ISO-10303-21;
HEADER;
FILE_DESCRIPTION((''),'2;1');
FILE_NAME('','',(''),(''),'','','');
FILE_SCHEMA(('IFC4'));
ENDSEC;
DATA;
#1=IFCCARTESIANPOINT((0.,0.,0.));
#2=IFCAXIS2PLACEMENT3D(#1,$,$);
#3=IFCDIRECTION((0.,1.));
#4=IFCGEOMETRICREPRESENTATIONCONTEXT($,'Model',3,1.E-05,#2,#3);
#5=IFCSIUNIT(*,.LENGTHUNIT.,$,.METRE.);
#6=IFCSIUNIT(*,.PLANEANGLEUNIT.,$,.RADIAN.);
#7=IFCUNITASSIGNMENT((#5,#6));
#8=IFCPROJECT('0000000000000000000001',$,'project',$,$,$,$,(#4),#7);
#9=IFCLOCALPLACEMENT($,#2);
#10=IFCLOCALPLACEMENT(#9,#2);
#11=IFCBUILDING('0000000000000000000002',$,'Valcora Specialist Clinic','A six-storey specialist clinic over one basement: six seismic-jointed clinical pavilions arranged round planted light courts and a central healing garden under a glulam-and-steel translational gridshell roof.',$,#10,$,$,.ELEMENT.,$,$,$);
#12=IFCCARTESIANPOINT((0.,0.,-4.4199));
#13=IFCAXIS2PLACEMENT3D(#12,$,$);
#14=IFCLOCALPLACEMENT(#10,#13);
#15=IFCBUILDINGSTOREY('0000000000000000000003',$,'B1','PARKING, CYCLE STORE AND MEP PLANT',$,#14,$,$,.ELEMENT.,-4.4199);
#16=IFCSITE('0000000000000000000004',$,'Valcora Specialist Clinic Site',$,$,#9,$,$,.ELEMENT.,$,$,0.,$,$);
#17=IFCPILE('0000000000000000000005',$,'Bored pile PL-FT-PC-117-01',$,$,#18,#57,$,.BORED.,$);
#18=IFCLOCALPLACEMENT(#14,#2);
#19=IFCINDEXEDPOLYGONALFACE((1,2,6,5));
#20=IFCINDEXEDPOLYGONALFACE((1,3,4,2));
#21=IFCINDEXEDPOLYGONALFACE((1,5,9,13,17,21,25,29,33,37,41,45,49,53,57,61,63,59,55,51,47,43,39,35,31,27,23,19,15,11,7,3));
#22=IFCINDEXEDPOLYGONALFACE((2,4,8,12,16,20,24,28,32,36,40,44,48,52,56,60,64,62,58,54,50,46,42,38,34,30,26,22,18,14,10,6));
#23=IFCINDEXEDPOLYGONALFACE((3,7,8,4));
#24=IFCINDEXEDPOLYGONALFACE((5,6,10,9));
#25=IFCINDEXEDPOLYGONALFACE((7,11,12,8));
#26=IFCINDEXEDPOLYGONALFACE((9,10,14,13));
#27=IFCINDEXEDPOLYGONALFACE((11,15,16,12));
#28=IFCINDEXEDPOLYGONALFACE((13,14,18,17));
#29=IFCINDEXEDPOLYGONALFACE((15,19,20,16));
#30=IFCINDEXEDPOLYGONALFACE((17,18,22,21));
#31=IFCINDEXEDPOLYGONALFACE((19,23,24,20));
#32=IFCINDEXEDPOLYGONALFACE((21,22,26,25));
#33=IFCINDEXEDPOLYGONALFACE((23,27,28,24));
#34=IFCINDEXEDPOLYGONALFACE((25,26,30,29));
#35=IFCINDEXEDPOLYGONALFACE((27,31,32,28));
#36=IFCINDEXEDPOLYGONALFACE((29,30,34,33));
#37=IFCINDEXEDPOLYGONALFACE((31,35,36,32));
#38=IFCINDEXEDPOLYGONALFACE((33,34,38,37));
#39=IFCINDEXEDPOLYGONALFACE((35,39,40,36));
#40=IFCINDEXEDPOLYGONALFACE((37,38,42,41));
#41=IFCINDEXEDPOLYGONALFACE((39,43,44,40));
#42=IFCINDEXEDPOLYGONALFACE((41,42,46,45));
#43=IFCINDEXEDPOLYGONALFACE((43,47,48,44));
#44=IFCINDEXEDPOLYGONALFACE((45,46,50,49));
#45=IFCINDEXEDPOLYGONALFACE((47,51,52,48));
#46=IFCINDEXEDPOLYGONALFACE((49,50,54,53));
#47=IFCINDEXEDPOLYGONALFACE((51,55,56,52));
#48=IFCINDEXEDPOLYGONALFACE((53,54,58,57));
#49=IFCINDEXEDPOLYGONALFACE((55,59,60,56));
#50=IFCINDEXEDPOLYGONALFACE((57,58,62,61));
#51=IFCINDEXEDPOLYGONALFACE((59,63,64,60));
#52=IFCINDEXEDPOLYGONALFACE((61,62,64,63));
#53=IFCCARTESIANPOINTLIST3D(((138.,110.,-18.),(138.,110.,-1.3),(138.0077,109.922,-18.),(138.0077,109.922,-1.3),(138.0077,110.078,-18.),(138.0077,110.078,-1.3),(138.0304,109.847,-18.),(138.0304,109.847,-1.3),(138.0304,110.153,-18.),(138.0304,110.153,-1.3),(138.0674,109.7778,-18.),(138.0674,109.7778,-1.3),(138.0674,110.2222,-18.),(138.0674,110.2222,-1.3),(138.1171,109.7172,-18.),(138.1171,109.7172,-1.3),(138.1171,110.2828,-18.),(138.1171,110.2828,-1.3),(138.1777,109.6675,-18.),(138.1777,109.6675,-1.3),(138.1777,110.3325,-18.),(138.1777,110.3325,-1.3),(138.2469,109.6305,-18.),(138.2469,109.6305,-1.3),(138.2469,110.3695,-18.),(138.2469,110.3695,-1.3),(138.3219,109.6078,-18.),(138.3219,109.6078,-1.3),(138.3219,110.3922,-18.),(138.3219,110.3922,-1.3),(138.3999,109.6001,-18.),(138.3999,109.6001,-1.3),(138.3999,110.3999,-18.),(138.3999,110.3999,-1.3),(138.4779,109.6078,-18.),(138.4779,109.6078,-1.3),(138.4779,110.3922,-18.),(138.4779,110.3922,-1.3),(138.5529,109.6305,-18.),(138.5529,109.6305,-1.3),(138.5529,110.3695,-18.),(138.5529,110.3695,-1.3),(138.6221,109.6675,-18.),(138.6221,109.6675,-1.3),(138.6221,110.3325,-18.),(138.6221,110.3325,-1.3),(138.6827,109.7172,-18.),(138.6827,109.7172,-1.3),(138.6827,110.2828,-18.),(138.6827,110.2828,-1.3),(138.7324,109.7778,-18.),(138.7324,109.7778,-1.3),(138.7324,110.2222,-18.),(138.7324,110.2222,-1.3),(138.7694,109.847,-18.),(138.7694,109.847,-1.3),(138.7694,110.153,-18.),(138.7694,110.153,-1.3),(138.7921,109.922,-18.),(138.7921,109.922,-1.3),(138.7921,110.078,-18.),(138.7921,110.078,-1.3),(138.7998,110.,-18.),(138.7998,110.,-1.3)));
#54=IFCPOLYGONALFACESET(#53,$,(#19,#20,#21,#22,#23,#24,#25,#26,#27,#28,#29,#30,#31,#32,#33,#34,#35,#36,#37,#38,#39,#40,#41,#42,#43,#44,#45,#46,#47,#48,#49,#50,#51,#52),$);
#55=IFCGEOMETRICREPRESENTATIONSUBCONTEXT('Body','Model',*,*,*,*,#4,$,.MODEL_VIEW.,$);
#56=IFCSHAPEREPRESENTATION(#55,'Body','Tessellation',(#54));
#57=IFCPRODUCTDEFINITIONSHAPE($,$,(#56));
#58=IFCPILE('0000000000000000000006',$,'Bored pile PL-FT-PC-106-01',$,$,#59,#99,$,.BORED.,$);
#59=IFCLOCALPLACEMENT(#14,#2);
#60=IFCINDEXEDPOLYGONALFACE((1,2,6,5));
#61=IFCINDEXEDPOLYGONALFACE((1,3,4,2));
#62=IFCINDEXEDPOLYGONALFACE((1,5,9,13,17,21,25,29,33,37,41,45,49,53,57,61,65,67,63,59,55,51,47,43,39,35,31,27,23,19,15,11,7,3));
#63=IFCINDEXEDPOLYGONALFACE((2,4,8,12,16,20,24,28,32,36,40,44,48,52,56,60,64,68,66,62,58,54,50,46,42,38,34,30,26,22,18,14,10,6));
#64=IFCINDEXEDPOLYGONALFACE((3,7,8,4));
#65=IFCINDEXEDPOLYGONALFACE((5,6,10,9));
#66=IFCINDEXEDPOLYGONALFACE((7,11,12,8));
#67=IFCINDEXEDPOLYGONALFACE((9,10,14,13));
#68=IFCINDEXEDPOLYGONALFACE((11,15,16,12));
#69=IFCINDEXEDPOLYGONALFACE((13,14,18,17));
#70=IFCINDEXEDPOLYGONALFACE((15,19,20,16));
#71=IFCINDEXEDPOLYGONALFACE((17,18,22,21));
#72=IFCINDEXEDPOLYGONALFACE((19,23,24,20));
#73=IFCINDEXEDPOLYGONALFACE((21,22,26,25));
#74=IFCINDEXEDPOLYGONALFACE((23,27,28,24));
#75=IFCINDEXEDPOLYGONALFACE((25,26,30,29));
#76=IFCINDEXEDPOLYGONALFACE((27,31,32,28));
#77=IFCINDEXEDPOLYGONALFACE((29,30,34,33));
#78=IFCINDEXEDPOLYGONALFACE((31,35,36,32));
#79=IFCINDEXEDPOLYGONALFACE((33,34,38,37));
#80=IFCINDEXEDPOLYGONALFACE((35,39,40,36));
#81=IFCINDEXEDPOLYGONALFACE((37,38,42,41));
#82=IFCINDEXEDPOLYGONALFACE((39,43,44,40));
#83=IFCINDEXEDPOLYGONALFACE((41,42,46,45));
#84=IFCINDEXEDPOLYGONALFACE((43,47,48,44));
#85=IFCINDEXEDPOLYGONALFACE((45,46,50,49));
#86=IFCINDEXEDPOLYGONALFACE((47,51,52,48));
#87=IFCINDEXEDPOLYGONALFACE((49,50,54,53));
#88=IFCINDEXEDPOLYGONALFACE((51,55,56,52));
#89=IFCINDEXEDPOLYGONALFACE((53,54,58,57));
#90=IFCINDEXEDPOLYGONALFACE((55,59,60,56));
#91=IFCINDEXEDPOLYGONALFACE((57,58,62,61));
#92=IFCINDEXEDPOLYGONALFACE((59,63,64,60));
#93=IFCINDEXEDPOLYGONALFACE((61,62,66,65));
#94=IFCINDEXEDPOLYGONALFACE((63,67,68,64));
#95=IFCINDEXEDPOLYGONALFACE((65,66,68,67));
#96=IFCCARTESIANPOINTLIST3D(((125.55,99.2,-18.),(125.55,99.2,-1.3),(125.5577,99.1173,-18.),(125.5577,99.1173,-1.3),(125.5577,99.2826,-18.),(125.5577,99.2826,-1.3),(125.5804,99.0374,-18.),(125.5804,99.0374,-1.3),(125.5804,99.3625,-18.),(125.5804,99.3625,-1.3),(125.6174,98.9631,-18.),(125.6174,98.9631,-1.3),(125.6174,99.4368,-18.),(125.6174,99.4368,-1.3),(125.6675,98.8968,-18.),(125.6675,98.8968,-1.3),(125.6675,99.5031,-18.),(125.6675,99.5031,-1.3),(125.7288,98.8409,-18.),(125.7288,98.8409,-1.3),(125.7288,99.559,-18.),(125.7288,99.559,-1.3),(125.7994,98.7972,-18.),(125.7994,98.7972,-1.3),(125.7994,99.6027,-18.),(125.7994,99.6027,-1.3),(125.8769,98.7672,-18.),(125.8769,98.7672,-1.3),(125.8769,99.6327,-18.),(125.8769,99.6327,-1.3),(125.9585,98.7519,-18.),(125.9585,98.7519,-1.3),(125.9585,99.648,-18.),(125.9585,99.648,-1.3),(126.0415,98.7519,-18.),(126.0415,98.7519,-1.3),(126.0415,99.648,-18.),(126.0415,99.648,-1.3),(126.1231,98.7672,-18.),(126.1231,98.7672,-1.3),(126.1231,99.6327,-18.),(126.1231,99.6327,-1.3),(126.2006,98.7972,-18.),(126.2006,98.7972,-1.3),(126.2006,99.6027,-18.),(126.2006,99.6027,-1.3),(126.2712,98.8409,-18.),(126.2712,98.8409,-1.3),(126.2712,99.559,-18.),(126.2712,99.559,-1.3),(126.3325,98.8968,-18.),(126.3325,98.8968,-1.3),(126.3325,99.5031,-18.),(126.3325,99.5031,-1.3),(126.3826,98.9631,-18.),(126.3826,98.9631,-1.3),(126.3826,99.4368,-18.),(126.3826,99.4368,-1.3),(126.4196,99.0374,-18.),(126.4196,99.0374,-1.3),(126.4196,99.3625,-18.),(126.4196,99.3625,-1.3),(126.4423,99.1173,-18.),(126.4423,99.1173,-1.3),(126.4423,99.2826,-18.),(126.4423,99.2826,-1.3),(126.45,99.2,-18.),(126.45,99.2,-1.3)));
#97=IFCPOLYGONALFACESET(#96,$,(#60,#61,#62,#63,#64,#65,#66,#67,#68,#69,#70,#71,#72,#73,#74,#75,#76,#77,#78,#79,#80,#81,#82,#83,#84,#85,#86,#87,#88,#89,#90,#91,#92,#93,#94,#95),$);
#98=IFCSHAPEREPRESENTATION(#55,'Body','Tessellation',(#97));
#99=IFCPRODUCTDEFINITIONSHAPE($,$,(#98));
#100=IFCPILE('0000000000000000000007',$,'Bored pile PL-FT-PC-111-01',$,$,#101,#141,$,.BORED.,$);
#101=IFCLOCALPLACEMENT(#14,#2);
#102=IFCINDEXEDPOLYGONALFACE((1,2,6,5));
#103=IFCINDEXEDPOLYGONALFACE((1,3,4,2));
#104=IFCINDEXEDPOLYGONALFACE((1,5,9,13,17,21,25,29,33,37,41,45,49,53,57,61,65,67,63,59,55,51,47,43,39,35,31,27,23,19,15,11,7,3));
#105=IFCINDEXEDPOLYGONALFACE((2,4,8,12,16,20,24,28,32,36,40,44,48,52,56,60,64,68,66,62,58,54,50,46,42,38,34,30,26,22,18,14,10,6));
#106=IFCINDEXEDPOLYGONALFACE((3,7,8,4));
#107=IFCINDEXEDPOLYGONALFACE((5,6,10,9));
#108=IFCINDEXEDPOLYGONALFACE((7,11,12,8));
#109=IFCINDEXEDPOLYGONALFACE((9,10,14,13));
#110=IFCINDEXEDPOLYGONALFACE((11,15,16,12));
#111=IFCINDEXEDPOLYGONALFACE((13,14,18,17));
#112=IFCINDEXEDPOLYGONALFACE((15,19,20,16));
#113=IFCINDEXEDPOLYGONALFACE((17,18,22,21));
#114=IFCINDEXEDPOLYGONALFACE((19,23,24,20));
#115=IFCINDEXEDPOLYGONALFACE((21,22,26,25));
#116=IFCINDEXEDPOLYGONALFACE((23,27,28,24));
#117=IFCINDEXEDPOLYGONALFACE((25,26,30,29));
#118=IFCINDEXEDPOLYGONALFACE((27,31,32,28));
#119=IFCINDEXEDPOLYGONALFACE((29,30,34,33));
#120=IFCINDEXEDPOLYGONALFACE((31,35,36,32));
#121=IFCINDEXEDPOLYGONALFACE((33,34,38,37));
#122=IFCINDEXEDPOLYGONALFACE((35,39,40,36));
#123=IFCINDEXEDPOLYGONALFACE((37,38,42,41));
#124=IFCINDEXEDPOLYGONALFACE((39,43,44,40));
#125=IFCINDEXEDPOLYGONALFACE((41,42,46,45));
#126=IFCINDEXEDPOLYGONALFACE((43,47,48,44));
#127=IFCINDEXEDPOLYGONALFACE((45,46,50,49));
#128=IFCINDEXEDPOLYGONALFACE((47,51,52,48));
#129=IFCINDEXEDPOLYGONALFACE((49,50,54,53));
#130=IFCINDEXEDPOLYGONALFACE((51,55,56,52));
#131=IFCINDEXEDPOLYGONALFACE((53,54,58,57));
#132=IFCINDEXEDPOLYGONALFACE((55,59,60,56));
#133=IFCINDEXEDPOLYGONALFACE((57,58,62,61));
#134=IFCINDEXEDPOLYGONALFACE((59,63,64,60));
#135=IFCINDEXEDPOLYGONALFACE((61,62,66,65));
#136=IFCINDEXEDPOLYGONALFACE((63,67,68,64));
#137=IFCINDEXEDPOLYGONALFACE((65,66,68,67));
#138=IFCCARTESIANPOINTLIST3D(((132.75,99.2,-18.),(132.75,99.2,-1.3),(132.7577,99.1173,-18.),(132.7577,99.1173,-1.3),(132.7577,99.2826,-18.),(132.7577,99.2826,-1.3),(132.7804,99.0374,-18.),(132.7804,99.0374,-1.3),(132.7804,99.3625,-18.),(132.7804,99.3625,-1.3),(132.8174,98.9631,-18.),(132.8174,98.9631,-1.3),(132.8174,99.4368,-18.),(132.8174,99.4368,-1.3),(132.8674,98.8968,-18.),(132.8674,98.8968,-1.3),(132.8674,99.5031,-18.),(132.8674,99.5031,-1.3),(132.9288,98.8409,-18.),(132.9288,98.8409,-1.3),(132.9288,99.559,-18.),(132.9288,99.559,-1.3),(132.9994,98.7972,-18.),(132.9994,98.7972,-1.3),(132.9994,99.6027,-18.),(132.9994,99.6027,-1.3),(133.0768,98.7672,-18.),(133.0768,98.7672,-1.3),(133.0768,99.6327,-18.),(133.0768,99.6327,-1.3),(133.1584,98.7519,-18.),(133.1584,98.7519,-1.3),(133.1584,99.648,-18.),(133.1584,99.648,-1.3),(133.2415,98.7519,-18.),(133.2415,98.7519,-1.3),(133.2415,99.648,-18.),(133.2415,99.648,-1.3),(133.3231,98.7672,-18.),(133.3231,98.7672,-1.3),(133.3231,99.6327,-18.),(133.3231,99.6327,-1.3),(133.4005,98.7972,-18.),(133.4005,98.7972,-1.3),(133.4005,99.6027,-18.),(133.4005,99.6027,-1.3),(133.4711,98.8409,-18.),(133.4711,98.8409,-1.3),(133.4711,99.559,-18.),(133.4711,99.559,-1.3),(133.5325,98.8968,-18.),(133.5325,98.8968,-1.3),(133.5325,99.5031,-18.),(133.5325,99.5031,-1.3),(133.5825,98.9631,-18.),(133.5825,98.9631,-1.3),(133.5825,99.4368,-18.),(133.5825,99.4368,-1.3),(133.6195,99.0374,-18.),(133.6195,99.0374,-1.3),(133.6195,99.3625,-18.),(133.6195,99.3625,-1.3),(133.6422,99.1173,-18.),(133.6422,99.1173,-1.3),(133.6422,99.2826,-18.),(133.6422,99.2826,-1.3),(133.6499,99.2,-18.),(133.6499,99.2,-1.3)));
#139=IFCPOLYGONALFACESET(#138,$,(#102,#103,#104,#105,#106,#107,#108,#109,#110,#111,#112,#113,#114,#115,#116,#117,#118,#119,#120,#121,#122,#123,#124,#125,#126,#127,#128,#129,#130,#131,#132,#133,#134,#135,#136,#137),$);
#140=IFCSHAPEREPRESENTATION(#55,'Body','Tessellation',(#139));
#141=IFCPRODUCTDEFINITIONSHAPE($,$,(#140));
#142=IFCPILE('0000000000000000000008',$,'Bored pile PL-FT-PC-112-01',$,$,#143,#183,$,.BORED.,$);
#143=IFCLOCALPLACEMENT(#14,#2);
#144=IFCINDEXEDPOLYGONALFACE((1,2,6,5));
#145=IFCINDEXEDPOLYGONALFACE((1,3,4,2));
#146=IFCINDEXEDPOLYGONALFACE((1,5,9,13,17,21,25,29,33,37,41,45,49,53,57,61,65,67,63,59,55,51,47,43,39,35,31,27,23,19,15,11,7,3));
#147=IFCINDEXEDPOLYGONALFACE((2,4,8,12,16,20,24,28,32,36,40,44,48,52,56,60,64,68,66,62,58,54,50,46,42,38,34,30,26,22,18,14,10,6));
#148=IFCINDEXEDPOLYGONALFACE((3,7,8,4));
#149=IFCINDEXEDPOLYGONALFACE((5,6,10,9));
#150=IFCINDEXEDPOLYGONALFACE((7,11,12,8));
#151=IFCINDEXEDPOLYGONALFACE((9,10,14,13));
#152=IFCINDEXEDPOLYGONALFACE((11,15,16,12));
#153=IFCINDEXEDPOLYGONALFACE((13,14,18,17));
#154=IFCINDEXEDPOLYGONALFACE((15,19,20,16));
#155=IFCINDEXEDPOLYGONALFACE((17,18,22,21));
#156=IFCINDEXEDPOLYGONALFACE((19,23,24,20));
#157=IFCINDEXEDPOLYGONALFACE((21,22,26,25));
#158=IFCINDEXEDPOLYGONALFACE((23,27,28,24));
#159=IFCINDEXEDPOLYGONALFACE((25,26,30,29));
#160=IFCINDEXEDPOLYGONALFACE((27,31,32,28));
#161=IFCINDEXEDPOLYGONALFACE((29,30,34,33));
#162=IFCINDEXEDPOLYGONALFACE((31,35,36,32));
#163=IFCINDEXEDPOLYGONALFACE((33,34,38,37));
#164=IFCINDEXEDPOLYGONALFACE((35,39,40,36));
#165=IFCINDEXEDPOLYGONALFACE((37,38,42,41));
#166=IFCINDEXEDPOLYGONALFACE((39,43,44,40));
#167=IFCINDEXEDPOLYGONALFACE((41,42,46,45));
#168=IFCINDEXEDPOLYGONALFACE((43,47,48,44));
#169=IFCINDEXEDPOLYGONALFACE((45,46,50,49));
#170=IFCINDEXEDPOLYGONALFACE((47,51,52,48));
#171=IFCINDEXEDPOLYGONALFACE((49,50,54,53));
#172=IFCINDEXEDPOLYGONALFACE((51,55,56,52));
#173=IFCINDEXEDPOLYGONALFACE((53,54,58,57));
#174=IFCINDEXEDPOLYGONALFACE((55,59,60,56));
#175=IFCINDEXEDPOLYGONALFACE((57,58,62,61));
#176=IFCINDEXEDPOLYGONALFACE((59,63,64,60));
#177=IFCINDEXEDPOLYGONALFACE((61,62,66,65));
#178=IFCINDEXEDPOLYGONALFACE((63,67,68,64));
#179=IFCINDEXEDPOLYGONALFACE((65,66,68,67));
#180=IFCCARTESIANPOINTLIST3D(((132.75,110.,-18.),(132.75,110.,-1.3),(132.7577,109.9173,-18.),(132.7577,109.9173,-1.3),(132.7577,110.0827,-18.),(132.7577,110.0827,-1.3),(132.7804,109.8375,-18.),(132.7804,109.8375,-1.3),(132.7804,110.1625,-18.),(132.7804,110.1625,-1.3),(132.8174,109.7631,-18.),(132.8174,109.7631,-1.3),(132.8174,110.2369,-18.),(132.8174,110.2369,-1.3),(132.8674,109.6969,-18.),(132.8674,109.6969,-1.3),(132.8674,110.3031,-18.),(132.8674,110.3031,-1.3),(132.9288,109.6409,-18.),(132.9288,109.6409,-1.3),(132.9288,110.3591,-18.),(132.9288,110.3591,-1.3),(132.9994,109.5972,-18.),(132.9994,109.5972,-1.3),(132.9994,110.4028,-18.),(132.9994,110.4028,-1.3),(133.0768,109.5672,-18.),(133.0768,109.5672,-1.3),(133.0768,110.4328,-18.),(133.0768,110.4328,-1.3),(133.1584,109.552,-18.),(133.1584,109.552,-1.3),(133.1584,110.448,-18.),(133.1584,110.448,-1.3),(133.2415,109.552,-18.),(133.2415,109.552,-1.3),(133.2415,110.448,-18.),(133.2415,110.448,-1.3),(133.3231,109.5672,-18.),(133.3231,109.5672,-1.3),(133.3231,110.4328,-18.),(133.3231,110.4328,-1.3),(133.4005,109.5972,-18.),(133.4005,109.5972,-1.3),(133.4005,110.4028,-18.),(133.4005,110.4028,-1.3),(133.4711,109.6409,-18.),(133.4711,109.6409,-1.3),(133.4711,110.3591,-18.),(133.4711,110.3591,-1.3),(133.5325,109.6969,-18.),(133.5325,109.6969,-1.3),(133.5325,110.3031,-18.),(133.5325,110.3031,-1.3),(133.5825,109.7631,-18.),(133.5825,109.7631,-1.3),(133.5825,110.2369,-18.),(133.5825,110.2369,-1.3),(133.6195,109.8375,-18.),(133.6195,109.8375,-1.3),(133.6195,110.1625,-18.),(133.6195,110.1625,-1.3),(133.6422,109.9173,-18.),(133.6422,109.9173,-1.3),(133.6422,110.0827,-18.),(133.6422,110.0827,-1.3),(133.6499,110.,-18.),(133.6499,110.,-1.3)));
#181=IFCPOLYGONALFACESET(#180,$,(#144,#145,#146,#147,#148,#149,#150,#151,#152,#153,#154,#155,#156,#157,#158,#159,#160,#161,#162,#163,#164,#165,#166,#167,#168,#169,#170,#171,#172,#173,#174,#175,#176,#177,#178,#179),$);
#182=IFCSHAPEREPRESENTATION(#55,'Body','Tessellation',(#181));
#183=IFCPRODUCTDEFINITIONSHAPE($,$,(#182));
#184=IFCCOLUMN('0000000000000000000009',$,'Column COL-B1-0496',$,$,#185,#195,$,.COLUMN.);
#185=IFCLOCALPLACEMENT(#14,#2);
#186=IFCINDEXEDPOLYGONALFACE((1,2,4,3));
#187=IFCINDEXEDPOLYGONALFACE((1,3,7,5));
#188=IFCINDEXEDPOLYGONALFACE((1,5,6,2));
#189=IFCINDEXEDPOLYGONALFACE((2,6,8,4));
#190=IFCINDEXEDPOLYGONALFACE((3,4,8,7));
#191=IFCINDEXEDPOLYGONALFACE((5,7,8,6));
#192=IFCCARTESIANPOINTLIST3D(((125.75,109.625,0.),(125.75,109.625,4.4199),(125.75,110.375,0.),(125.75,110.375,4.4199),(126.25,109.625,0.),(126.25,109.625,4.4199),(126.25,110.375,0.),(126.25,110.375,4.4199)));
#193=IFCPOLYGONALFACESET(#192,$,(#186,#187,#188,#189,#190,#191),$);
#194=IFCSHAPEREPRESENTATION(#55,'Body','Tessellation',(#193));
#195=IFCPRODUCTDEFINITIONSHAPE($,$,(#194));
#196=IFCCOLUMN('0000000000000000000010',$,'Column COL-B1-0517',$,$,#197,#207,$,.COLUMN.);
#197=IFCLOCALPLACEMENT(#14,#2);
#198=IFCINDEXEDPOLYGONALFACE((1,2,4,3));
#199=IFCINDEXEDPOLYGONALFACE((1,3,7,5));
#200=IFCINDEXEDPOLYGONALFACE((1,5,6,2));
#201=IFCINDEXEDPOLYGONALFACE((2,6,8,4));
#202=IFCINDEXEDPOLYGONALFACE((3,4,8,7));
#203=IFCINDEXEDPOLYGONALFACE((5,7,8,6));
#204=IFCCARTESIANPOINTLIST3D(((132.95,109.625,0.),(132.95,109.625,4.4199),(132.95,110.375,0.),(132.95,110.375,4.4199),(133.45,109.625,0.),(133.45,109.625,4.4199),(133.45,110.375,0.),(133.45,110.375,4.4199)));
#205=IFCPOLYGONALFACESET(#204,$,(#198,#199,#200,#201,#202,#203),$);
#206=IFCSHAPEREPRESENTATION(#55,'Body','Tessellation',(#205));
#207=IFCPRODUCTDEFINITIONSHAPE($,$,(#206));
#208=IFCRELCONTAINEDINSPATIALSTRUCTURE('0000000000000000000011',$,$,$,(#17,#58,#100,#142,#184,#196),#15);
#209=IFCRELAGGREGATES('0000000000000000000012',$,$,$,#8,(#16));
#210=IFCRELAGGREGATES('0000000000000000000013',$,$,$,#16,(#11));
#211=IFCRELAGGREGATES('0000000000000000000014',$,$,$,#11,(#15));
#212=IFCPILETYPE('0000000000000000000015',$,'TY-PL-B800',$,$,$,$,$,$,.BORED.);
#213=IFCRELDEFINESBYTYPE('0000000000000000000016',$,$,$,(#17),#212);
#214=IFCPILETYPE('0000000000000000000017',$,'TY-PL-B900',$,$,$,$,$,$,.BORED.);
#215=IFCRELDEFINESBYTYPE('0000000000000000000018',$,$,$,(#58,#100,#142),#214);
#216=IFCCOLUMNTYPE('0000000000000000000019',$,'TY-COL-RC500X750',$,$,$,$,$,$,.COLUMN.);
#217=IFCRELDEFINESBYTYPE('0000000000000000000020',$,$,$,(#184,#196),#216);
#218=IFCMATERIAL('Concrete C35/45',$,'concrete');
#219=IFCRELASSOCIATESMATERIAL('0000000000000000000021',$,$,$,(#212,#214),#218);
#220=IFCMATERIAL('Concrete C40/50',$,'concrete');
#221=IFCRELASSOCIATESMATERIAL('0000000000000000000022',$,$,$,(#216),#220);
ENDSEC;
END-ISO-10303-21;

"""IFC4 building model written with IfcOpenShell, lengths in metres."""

from ifc_helpers import new_model, si_unit, direction, frame, origin, origin_2d, place, context, subcontext, project, spatial, rectangle, circle, extrude, material, material_profile, profile_set, type_object, element, save


model = new_model("IFC4")

# Units and contexts
model_context = context("Model", 3, precision=1e-05, world=origin(), true_north=direction((0.0, 1.0)))
body_context = subcontext(model_context, "Body", "Model", "MODEL_VIEW")
ifc_project = project(units=[si_unit("LENGTHUNIT", "METRE"), si_unit("PLANEANGLEUNIT", "RADIAN")], contexts=[model_context])

# Site, building, storey
site_placement = place(None, origin())
site = spatial("IfcSite", under=ifc_project, at=site_placement, Name="Valcora Specialist Clinic Site", CompositionType="ELEMENT", RefElevation=0.0)
building_placement = place(site_placement, origin())
building = spatial("IfcBuilding", under=site, at=building_placement, Name="Valcora Specialist Clinic", Description="A six-storey specialist clinic over one basement: six seismic-jointed clinical pavilions arranged round planted light courts and a central healing garden under a glulam-and-steel translational gridshell roof.", CompositionType="ELEMENT")
storey_placement = place(building_placement, frame((0.0, 0.0, -4.4199)))
storey = spatial("IfcBuildingStorey", under=building, at=storey_placement, Name="B1", Description="PARKING, CYCLE STORE AND MEP PLANT", CompositionType="ELEMENT", Elevation=-4.4199)

# Shared definitions
ifc_material_1 = material(Name="Concrete C35/45", Category="concrete")

# Piles
ifc_material_profile_1 = material_profile(ifc_material_1, circle(Radius=0.3999, at=origin_2d()), Name="RC-PIL-D800")
ifc_profile_set_1 = profile_set([ifc_material_profile_1], Name="Concrete C35/45")
pile_type_1 = type_object("IfcPileType", Name="TY-PL-B800", PredefinedType="BORED", material=ifc_profile_set_1)
for number, where, z_axis, x_axis, name in (
    (1, (138.3999, 110.0, -1.3), (0.0, 0.0, -1.0), (1.0, 0.0, 0.0), "Bored pile PL-FT-PC-117-01"),
):
    element("IfcPile", number, at=place(storey_placement, frame(where, z_axis=z_axis, x_axis=x_axis)), inside=storey, type_object=pile_type_1, Name=name, PredefinedType="BORED", context=body_context, shape_type="SweptSolid", body=[
        extrude(circle(Radius=0.3999, at=origin_2d()), origin(), (0.0, 0.0, 1.0), 16.7),
    ])
ifc_material_profile_2 = material_profile(ifc_material_1, circle(Radius=0.45, at=origin_2d()), Name="RC-PIL-D900")
ifc_profile_set_2 = profile_set([ifc_material_profile_2], Name="Concrete C35/45")
pile_type_2 = type_object("IfcPileType", Name="TY-PL-B900", PredefinedType="BORED", material=ifc_profile_set_2)
for number, where, z_axis, x_axis, name in (
    (2, (126.0, 99.2, -1.3), (0.0, 0.0, -1.0), (1.0, 0.0, 0.0), "Bored pile PL-FT-PC-106-01"),
    (3, (133.2, 99.2, -1.3), (0.0, 0.0, -1.0), (1.0, 0.0, 0.0), "Bored pile PL-FT-PC-111-01"),
    (4, (133.2, 110.0, -1.3), (0.0, 0.0, -1.0), (1.0, 0.0, 0.0), "Bored pile PL-FT-PC-112-01"),
):
    element("IfcPile", number, at=place(storey_placement, frame(where, z_axis=z_axis, x_axis=x_axis)), inside=storey, type_object=pile_type_2, Name=name, PredefinedType="BORED", context=body_context, shape_type="SweptSolid", body=[
        extrude(circle(Radius=0.45, at=origin_2d()), origin(), (0.0, 0.0, 1.0), 16.7),
    ])

# Columns
ifc_material_2 = material(Name="Concrete C40/50", Category="concrete")
ifc_material_profile_3 = material_profile(ifc_material_2, rectangle(XDim=0.5, YDim=0.75, at=origin_2d()), Name="RC-COL-500X750")
ifc_profile_set_3 = profile_set([ifc_material_profile_3], Name="Concrete C40/50")
column_type_1 = type_object("IfcColumnType", Name="TY-COL-RC500X750", PredefinedType="COLUMN", material=ifc_profile_set_3)
for number, where, z_axis, x_axis, name in (
    (5, (126.0, 110.0, 0.0), (0.0, 0.0, 1.0), (1.0, 0.0, 0.0), "Column COL-B1-0496"),
    (6, (133.2, 110.0, 0.0), (0.0, 0.0, 1.0), (1.0, 0.0, 0.0), "Column COL-B1-0517"),
):
    element("IfcColumn", number, at=place(storey_placement, frame(where, z_axis=z_axis, x_axis=x_axis)), inside=storey, type_object=column_type_1, Name=name, PredefinedType="COLUMN", context=body_context, shape_type="SweptSolid", body=[
        extrude(rectangle(XDim=0.5, YDim=0.75, at=origin_2d()), origin(), (0.0, 0.0, 1.0), 4.4199),
    ])

save(model, "model.ifc")
